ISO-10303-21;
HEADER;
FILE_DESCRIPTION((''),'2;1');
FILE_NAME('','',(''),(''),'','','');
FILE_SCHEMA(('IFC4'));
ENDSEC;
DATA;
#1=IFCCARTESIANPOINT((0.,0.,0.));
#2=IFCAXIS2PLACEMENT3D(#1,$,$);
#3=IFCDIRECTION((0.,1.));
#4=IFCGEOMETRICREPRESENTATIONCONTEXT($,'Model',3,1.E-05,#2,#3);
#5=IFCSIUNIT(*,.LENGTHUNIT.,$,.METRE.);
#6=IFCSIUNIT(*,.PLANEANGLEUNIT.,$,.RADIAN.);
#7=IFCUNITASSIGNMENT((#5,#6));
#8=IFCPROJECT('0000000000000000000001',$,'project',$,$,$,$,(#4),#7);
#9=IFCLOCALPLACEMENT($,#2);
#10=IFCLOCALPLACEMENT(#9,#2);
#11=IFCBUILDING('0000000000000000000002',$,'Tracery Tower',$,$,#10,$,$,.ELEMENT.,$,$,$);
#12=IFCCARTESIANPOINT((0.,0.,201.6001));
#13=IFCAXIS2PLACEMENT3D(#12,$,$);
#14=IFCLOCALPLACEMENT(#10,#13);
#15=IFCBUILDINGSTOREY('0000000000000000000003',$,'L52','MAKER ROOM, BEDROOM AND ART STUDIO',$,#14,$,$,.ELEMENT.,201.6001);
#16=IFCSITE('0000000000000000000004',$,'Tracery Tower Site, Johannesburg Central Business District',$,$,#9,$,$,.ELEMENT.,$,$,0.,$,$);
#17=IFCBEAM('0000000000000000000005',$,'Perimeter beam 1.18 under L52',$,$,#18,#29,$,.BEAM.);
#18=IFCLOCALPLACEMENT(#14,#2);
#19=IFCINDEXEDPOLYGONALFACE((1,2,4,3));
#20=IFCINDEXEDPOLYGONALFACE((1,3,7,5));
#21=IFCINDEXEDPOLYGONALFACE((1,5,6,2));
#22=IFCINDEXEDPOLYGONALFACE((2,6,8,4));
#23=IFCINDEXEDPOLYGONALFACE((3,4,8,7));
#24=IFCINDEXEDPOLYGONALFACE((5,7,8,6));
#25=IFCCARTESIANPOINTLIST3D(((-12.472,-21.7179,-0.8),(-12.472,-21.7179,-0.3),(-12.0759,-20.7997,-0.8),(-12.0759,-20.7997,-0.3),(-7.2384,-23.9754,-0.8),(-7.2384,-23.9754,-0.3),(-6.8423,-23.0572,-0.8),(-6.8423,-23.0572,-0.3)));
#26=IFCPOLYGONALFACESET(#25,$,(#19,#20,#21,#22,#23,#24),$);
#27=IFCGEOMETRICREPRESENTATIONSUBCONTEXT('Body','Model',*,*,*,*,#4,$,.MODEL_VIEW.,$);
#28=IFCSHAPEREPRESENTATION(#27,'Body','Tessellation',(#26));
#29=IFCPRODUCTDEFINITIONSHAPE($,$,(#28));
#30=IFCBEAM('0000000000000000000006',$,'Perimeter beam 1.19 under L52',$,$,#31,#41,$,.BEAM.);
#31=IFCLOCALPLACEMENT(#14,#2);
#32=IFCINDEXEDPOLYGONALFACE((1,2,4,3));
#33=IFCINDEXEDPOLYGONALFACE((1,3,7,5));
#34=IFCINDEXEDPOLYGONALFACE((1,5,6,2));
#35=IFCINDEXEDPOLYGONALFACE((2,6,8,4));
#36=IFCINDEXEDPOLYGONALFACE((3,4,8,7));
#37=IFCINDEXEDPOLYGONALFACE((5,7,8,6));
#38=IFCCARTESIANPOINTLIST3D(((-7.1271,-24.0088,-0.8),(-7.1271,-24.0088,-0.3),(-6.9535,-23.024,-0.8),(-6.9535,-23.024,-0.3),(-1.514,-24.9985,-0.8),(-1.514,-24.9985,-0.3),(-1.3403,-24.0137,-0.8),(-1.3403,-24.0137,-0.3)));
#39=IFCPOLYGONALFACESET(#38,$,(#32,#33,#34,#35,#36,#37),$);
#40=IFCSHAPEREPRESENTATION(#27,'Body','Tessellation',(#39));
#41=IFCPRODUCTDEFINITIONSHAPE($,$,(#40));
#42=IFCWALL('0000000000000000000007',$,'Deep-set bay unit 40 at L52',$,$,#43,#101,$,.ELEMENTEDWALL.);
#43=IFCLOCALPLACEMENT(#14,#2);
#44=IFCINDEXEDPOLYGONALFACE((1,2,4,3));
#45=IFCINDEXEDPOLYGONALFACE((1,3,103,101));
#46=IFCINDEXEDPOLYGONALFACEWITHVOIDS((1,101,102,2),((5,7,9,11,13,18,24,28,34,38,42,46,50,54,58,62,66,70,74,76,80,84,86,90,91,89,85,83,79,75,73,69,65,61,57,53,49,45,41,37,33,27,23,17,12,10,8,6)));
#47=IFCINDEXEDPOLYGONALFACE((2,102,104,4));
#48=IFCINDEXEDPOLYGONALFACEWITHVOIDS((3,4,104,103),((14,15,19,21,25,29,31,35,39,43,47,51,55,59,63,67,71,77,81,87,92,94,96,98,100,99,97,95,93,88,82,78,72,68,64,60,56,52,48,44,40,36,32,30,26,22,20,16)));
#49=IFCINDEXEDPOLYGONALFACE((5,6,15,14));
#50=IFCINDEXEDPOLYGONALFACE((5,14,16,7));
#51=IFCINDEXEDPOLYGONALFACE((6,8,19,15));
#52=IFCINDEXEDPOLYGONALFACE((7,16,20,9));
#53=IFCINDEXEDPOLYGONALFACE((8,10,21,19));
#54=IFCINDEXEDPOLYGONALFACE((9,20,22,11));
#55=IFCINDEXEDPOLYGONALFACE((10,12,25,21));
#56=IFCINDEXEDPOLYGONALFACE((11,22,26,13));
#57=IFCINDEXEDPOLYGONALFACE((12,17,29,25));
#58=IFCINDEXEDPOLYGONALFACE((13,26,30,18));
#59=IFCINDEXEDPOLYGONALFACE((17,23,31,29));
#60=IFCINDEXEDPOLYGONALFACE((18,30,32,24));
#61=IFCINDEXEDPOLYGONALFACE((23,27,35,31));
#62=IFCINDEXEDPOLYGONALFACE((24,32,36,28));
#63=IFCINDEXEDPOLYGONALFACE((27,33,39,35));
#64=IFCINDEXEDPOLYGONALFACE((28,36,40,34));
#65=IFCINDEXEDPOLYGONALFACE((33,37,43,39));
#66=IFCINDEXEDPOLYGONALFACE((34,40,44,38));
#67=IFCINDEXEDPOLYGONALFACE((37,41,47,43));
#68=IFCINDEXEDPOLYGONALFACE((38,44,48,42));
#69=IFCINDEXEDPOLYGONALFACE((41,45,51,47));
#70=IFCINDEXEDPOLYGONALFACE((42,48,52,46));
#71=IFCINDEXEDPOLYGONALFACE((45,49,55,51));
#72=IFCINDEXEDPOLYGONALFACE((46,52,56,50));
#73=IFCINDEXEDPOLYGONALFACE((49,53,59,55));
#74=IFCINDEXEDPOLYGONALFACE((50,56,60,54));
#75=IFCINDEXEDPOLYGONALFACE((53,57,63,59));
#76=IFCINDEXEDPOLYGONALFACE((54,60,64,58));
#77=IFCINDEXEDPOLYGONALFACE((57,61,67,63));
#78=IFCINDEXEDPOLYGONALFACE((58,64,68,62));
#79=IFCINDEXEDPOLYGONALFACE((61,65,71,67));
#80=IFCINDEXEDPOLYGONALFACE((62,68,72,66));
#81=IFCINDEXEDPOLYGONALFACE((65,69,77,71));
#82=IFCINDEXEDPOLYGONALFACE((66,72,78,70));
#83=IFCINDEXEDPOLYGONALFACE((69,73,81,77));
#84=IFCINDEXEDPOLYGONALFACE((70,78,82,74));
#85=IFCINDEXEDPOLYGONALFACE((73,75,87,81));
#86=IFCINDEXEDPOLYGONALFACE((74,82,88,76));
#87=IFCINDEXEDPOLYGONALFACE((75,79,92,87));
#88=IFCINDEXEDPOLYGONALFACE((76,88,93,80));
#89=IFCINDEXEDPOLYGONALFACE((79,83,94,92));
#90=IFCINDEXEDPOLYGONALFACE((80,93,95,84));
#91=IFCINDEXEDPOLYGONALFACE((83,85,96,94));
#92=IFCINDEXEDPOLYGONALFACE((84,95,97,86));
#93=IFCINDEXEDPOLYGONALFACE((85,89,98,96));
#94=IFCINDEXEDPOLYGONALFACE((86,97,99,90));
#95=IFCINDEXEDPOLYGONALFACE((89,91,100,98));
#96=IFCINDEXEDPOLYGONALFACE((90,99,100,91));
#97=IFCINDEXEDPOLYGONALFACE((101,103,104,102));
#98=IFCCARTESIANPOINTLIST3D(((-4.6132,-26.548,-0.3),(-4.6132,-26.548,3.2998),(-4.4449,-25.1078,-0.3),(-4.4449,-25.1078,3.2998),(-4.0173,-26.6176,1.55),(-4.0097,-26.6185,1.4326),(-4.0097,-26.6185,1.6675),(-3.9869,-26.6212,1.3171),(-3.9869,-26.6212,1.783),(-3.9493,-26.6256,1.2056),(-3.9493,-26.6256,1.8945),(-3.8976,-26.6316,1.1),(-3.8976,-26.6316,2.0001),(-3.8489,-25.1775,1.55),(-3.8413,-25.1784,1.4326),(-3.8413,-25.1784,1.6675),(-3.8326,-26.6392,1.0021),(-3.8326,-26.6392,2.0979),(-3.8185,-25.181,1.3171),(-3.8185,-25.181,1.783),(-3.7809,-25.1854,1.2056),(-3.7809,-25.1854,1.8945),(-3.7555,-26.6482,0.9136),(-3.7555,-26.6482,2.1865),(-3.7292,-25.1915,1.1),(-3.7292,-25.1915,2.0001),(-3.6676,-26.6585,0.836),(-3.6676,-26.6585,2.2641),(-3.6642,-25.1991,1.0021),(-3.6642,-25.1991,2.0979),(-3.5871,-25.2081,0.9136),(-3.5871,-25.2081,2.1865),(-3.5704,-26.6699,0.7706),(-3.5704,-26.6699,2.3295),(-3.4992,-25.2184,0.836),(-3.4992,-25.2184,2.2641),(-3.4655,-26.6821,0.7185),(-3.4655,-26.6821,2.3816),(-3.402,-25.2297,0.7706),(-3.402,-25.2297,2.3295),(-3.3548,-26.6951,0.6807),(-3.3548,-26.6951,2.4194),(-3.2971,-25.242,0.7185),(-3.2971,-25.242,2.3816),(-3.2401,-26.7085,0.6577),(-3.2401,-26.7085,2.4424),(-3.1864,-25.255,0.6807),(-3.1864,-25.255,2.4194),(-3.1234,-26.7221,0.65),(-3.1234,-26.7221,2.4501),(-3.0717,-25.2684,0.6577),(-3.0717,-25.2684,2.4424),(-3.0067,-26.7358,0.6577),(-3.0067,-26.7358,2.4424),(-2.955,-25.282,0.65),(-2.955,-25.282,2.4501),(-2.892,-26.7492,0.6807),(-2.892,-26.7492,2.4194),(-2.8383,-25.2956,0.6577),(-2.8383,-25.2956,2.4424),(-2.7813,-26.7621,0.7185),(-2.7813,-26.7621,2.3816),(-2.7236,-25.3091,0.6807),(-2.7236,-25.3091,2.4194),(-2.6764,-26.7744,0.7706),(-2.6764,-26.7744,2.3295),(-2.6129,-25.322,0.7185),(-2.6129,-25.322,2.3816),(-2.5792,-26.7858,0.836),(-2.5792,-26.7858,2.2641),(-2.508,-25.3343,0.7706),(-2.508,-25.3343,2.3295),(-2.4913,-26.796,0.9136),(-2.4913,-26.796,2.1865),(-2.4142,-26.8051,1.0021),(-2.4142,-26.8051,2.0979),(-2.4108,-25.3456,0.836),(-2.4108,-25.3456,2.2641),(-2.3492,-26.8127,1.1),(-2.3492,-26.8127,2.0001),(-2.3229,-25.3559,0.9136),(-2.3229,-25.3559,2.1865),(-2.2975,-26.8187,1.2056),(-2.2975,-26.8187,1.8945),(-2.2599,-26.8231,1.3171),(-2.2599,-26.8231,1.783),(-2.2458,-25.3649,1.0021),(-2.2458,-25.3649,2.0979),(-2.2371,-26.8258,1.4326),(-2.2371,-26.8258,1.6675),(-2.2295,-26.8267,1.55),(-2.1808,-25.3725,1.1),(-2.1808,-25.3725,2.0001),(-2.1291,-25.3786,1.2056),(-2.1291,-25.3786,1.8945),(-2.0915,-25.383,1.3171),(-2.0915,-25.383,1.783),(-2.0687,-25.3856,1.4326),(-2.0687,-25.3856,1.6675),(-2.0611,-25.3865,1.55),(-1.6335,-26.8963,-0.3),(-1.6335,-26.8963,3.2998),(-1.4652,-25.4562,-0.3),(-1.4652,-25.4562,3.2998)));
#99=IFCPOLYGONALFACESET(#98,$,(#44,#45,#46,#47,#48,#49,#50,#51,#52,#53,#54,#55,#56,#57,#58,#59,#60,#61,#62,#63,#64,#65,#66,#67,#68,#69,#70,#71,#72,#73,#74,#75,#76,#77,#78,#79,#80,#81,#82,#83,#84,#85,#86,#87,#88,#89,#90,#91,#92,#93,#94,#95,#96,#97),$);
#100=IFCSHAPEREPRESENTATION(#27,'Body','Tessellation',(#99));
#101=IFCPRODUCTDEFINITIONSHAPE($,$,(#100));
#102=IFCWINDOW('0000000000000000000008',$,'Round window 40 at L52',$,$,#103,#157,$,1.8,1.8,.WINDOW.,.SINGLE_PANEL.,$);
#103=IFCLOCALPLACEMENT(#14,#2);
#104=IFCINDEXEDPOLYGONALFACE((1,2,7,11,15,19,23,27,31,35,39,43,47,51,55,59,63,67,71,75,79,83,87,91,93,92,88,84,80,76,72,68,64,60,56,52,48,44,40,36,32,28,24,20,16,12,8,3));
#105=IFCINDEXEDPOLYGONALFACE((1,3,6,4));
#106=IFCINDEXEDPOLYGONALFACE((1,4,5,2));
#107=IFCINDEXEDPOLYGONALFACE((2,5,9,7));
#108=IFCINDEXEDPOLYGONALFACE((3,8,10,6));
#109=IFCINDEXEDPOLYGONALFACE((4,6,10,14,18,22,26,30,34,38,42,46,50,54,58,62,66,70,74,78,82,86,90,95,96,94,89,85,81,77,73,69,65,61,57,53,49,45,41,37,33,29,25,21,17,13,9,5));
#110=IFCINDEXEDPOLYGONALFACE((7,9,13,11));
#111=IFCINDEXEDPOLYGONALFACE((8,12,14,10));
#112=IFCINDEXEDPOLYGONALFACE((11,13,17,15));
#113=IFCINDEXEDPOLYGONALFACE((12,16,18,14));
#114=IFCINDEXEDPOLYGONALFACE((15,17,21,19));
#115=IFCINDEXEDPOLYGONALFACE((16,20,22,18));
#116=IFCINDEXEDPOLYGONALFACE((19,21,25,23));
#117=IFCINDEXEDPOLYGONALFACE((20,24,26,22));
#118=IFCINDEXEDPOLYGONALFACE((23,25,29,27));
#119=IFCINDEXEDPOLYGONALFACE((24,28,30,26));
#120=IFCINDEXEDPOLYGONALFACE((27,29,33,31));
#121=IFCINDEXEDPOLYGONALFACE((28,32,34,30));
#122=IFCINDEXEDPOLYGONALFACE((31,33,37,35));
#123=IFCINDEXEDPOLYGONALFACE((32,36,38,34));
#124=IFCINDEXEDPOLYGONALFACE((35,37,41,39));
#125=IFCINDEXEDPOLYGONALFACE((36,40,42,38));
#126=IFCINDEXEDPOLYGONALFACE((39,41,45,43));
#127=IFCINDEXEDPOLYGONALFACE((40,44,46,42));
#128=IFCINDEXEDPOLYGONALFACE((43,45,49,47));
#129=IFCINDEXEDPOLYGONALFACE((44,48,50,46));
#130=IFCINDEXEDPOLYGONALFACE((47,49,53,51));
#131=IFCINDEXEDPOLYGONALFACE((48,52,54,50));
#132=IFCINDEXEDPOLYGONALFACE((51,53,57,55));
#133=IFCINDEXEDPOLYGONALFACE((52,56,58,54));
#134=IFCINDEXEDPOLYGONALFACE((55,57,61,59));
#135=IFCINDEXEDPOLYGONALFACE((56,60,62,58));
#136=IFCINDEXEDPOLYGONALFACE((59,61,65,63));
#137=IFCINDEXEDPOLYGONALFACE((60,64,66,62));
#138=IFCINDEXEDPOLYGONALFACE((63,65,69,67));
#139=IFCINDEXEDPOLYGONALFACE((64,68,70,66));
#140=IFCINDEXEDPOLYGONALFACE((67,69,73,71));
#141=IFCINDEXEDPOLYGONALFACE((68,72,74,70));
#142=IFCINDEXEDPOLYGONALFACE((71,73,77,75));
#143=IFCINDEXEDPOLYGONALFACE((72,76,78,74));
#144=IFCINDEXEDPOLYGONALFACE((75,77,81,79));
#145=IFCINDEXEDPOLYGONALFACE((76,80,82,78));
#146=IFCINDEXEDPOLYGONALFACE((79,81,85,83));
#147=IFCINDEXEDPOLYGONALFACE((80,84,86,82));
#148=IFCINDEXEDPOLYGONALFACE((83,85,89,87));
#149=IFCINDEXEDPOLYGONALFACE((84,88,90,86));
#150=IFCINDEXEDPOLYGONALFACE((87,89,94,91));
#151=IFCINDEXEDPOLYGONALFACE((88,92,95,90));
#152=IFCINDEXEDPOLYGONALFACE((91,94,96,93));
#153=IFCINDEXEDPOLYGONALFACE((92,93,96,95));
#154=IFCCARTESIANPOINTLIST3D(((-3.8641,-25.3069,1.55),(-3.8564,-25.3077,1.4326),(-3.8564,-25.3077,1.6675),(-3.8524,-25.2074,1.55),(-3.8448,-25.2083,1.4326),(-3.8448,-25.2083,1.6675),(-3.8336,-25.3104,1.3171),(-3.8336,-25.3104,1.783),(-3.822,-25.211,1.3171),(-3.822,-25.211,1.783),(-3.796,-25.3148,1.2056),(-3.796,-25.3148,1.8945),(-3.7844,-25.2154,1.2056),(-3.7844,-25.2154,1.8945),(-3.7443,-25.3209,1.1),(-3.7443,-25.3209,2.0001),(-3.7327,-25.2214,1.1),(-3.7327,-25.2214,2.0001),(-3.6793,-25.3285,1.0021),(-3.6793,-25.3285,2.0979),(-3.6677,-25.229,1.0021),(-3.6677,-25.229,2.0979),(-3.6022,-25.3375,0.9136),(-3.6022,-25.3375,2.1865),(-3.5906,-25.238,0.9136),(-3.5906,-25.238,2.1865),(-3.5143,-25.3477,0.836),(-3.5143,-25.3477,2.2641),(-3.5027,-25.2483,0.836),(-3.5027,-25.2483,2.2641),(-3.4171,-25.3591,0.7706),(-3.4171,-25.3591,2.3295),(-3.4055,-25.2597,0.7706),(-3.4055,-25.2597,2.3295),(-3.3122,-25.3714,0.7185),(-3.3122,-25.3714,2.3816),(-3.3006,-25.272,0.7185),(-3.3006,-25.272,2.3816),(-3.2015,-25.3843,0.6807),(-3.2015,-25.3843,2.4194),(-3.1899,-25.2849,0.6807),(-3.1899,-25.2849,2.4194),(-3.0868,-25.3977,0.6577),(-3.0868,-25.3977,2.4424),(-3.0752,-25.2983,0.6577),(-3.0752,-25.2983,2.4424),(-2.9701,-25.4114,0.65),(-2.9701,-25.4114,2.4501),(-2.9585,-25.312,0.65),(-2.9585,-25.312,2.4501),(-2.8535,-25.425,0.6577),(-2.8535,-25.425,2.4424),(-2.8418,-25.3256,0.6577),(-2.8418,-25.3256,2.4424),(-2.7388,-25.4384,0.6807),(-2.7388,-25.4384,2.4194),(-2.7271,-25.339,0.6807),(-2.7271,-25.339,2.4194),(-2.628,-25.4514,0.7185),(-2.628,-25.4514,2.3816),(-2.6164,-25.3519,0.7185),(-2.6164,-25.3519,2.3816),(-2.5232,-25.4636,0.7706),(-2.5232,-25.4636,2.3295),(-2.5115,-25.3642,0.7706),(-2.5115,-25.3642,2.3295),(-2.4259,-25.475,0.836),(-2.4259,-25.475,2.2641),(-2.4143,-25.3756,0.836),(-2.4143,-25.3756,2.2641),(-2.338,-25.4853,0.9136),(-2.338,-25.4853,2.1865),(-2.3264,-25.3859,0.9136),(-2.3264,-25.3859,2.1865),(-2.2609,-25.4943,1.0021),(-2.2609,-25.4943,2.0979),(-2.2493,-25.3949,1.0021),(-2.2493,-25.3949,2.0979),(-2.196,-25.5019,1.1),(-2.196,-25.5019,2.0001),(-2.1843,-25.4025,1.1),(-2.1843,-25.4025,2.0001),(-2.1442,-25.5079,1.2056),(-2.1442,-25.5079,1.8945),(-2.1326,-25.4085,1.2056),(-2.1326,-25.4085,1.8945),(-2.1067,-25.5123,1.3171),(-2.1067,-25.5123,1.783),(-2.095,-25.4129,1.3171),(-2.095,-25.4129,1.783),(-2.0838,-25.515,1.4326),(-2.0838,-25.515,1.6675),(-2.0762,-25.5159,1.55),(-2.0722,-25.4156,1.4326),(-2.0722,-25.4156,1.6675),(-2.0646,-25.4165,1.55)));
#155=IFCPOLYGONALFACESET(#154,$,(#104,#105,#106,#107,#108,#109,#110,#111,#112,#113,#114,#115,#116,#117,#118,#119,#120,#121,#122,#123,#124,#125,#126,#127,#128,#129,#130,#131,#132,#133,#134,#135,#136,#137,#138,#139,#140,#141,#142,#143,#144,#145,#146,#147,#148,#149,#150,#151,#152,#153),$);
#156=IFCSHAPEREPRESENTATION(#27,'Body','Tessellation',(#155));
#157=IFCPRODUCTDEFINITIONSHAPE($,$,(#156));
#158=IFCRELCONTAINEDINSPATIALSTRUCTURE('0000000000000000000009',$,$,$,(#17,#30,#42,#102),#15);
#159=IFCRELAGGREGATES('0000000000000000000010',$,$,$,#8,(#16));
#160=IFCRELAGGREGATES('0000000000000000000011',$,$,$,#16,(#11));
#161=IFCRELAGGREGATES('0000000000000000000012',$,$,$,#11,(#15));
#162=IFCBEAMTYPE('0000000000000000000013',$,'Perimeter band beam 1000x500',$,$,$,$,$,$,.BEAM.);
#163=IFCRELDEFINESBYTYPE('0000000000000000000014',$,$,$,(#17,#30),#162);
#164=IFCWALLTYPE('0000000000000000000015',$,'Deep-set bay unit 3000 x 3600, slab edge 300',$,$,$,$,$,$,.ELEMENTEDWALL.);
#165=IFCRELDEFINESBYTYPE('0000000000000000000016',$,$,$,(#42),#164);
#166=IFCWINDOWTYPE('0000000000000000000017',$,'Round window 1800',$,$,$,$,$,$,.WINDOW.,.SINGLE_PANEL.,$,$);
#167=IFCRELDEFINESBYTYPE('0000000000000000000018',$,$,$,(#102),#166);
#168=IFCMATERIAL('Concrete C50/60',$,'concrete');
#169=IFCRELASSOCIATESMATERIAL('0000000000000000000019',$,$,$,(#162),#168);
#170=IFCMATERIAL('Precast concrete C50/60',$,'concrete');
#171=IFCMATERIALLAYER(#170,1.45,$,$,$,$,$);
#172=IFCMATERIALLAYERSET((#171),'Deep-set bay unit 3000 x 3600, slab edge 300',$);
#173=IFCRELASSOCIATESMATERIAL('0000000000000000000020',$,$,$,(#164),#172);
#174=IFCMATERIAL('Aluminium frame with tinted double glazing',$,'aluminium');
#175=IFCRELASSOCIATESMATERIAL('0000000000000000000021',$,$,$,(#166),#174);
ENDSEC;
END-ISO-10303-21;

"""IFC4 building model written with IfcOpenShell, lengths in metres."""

from ifc_helpers import new_model, si_unit, direction, frame, frame_2d, origin, origin_2d, place, context, subcontext, project, spatial, rectangle, circle, extrude, material, layer, layer_set, material_profile, profile_set, type_object, element, fill, save


model = new_model("IFC4")

# Units and contexts
model_context = context("Model", 3, precision=1e-05, world=origin(), true_north=direction((0.0, 1.0)))
body_context = subcontext(model_context, "Body", "Model", "MODEL_VIEW")
ifc_project = project(units=[si_unit("LENGTHUNIT", "METRE"), si_unit("PLANEANGLEUNIT", "RADIAN")], contexts=[model_context])

# Site, building, storey
site_placement = place(None, origin())
site = spatial("IfcSite", under=ifc_project, at=site_placement, Name="Tracery Tower Site, Johannesburg Central Business District", CompositionType="ELEMENT", RefElevation=0.0)
building_placement = place(site_placement, origin())
building = spatial("IfcBuilding", under=site, at=building_placement, Name="Tracery Tower", CompositionType="ELEMENT")
storey_placement = place(building_placement, frame((0.0, 0.0, 201.6001)))
storey = spatial("IfcBuildingStorey", under=building, at=storey_placement, Name="L52", Description="MAKER ROOM, BEDROOM AND ART STUDIO", CompositionType="ELEMENT", Elevation=201.6001)

# Beams
ifc_material_1 = material(Name="Concrete C50/60", Category="concrete")
ifc_material_profile_1 = material_profile(ifc_material_1, rectangle(XDim=1.0, YDim=0.5, at=origin_2d()), Name="RC 1000x500")
ifc_profile_set_1 = profile_set([ifc_material_profile_1], Name="Concrete C50/60")
beam_type = type_object("IfcBeamType", Name="Perimeter band beam 1000x500", PredefinedType="BEAM", material=ifc_profile_set_1)
for number, where, z_axis, x_axis, name in (
    (1, (-12.2739, -21.2588, -0.55), (0.918216, -0.396079, 0.0), (0.396079, 0.918216, 0.0), "Perimeter beam 1.18 under L52"),
    (2, (-7.0403, -23.5164, -0.55), (0.984807, -0.173651, 0.0), (0.173651, 0.984807, 0.0), "Perimeter beam 1.19 under L52"),
):
    element("IfcBeam", number, at=place(storey_placement, frame(where, z_axis=z_axis, x_axis=x_axis)), inside=storey, type_object=beam_type, Name=name, PredefinedType="BEAM", context=body_context, shape_type="SweptSolid", body=[
        extrude(rectangle(XDim=1.0, YDim=0.5, at=origin_2d()), origin(), (0.0, 0.0, 1.0), 5.6997),
    ])

# Wall, opening, window
ifc_material_2 = material(Name="Precast concrete C50/60", Category="concrete")
ifc_layer_1 = layer(ifc_material_2, 1.45)
ifc_layer_set_1 = layer_set([ifc_layer_1], Name="Deep-set bay unit 3000 x 3600, slab edge 300")
wall_type_1 = type_object("IfcWallType", Name="Deep-set bay unit 3000 x 3600, slab edge 300", PredefinedType="ELEMENTEDWALL", material=ifc_layer_set_1)
wall_1_placement = place(storey_placement, frame((-4.5291, -25.8279, -0.3), z_axis=(0.0, 0.0, 1.0), x_axis=(0.993234, -0.116128, 0.0)))
wall_1 = element("IfcWall", 3, at=wall_1_placement, inside=storey, type_object=wall_type_1, Name="Deep-set bay unit 40 at L52", PredefinedType="ELEMENTEDWALL", context=body_context, shape_type="SweptSolid", body=[
    extrude(rectangle(XDim=3.0, YDim=1.45, at=frame_2d((1.5, 0.0))), origin(), (0.0, 0.0, 1.0), 3.5999),
])
opening_1_placement = place(wall_1_placement, frame((1.5, 0.0, 1.8501)))
opening_1 = element("IfcOpeningElement", 4, at=opening_1_placement, cuts=wall_1, PredefinedType="OPENING", context=body_context, shape_type="SweptSolid", body=[
    extrude(circle(Radius=0.9, at=origin_2d()), frame((0.0, 0.7349, 0.0), z_axis=(0.0, -1.0, 0.0), x_axis=(1.0, 0.0, 0.0)), (0.0, 0.0, 1.0), 1.47),
])
ifc_material_3 = material(Name="Aluminium frame with tinted double glazing", Category="aluminium")
window_type = type_object("IfcWindowType", Name="Round window 1800", PartitioningType="SINGLE_PANEL", PredefinedType="WINDOW", material=ifc_material_3)
window_1_placement = place(opening_1_placement, origin())
window_1 = element("IfcWindow", 5, at=window_1_placement, inside=storey, type_object=window_type, Name="Round window 40 at L52", OverallHeight=1.8, OverallWidth=1.8, PartitioningType="SINGLE_PANEL", PredefinedType="WINDOW", context=body_context, shape_type="SweptSolid", body=[
    extrude(circle(Radius=0.9, at=origin_2d()), frame((0.0, 0.6948, 0.0), z_axis=(0.0, -1.0, 0.0), x_axis=(1.0, 0.0, 0.0)), (0.0, 0.0, 1.0), 0.1001),
])
fill(opening_1, window_1)

save(model, "model.ifc")
